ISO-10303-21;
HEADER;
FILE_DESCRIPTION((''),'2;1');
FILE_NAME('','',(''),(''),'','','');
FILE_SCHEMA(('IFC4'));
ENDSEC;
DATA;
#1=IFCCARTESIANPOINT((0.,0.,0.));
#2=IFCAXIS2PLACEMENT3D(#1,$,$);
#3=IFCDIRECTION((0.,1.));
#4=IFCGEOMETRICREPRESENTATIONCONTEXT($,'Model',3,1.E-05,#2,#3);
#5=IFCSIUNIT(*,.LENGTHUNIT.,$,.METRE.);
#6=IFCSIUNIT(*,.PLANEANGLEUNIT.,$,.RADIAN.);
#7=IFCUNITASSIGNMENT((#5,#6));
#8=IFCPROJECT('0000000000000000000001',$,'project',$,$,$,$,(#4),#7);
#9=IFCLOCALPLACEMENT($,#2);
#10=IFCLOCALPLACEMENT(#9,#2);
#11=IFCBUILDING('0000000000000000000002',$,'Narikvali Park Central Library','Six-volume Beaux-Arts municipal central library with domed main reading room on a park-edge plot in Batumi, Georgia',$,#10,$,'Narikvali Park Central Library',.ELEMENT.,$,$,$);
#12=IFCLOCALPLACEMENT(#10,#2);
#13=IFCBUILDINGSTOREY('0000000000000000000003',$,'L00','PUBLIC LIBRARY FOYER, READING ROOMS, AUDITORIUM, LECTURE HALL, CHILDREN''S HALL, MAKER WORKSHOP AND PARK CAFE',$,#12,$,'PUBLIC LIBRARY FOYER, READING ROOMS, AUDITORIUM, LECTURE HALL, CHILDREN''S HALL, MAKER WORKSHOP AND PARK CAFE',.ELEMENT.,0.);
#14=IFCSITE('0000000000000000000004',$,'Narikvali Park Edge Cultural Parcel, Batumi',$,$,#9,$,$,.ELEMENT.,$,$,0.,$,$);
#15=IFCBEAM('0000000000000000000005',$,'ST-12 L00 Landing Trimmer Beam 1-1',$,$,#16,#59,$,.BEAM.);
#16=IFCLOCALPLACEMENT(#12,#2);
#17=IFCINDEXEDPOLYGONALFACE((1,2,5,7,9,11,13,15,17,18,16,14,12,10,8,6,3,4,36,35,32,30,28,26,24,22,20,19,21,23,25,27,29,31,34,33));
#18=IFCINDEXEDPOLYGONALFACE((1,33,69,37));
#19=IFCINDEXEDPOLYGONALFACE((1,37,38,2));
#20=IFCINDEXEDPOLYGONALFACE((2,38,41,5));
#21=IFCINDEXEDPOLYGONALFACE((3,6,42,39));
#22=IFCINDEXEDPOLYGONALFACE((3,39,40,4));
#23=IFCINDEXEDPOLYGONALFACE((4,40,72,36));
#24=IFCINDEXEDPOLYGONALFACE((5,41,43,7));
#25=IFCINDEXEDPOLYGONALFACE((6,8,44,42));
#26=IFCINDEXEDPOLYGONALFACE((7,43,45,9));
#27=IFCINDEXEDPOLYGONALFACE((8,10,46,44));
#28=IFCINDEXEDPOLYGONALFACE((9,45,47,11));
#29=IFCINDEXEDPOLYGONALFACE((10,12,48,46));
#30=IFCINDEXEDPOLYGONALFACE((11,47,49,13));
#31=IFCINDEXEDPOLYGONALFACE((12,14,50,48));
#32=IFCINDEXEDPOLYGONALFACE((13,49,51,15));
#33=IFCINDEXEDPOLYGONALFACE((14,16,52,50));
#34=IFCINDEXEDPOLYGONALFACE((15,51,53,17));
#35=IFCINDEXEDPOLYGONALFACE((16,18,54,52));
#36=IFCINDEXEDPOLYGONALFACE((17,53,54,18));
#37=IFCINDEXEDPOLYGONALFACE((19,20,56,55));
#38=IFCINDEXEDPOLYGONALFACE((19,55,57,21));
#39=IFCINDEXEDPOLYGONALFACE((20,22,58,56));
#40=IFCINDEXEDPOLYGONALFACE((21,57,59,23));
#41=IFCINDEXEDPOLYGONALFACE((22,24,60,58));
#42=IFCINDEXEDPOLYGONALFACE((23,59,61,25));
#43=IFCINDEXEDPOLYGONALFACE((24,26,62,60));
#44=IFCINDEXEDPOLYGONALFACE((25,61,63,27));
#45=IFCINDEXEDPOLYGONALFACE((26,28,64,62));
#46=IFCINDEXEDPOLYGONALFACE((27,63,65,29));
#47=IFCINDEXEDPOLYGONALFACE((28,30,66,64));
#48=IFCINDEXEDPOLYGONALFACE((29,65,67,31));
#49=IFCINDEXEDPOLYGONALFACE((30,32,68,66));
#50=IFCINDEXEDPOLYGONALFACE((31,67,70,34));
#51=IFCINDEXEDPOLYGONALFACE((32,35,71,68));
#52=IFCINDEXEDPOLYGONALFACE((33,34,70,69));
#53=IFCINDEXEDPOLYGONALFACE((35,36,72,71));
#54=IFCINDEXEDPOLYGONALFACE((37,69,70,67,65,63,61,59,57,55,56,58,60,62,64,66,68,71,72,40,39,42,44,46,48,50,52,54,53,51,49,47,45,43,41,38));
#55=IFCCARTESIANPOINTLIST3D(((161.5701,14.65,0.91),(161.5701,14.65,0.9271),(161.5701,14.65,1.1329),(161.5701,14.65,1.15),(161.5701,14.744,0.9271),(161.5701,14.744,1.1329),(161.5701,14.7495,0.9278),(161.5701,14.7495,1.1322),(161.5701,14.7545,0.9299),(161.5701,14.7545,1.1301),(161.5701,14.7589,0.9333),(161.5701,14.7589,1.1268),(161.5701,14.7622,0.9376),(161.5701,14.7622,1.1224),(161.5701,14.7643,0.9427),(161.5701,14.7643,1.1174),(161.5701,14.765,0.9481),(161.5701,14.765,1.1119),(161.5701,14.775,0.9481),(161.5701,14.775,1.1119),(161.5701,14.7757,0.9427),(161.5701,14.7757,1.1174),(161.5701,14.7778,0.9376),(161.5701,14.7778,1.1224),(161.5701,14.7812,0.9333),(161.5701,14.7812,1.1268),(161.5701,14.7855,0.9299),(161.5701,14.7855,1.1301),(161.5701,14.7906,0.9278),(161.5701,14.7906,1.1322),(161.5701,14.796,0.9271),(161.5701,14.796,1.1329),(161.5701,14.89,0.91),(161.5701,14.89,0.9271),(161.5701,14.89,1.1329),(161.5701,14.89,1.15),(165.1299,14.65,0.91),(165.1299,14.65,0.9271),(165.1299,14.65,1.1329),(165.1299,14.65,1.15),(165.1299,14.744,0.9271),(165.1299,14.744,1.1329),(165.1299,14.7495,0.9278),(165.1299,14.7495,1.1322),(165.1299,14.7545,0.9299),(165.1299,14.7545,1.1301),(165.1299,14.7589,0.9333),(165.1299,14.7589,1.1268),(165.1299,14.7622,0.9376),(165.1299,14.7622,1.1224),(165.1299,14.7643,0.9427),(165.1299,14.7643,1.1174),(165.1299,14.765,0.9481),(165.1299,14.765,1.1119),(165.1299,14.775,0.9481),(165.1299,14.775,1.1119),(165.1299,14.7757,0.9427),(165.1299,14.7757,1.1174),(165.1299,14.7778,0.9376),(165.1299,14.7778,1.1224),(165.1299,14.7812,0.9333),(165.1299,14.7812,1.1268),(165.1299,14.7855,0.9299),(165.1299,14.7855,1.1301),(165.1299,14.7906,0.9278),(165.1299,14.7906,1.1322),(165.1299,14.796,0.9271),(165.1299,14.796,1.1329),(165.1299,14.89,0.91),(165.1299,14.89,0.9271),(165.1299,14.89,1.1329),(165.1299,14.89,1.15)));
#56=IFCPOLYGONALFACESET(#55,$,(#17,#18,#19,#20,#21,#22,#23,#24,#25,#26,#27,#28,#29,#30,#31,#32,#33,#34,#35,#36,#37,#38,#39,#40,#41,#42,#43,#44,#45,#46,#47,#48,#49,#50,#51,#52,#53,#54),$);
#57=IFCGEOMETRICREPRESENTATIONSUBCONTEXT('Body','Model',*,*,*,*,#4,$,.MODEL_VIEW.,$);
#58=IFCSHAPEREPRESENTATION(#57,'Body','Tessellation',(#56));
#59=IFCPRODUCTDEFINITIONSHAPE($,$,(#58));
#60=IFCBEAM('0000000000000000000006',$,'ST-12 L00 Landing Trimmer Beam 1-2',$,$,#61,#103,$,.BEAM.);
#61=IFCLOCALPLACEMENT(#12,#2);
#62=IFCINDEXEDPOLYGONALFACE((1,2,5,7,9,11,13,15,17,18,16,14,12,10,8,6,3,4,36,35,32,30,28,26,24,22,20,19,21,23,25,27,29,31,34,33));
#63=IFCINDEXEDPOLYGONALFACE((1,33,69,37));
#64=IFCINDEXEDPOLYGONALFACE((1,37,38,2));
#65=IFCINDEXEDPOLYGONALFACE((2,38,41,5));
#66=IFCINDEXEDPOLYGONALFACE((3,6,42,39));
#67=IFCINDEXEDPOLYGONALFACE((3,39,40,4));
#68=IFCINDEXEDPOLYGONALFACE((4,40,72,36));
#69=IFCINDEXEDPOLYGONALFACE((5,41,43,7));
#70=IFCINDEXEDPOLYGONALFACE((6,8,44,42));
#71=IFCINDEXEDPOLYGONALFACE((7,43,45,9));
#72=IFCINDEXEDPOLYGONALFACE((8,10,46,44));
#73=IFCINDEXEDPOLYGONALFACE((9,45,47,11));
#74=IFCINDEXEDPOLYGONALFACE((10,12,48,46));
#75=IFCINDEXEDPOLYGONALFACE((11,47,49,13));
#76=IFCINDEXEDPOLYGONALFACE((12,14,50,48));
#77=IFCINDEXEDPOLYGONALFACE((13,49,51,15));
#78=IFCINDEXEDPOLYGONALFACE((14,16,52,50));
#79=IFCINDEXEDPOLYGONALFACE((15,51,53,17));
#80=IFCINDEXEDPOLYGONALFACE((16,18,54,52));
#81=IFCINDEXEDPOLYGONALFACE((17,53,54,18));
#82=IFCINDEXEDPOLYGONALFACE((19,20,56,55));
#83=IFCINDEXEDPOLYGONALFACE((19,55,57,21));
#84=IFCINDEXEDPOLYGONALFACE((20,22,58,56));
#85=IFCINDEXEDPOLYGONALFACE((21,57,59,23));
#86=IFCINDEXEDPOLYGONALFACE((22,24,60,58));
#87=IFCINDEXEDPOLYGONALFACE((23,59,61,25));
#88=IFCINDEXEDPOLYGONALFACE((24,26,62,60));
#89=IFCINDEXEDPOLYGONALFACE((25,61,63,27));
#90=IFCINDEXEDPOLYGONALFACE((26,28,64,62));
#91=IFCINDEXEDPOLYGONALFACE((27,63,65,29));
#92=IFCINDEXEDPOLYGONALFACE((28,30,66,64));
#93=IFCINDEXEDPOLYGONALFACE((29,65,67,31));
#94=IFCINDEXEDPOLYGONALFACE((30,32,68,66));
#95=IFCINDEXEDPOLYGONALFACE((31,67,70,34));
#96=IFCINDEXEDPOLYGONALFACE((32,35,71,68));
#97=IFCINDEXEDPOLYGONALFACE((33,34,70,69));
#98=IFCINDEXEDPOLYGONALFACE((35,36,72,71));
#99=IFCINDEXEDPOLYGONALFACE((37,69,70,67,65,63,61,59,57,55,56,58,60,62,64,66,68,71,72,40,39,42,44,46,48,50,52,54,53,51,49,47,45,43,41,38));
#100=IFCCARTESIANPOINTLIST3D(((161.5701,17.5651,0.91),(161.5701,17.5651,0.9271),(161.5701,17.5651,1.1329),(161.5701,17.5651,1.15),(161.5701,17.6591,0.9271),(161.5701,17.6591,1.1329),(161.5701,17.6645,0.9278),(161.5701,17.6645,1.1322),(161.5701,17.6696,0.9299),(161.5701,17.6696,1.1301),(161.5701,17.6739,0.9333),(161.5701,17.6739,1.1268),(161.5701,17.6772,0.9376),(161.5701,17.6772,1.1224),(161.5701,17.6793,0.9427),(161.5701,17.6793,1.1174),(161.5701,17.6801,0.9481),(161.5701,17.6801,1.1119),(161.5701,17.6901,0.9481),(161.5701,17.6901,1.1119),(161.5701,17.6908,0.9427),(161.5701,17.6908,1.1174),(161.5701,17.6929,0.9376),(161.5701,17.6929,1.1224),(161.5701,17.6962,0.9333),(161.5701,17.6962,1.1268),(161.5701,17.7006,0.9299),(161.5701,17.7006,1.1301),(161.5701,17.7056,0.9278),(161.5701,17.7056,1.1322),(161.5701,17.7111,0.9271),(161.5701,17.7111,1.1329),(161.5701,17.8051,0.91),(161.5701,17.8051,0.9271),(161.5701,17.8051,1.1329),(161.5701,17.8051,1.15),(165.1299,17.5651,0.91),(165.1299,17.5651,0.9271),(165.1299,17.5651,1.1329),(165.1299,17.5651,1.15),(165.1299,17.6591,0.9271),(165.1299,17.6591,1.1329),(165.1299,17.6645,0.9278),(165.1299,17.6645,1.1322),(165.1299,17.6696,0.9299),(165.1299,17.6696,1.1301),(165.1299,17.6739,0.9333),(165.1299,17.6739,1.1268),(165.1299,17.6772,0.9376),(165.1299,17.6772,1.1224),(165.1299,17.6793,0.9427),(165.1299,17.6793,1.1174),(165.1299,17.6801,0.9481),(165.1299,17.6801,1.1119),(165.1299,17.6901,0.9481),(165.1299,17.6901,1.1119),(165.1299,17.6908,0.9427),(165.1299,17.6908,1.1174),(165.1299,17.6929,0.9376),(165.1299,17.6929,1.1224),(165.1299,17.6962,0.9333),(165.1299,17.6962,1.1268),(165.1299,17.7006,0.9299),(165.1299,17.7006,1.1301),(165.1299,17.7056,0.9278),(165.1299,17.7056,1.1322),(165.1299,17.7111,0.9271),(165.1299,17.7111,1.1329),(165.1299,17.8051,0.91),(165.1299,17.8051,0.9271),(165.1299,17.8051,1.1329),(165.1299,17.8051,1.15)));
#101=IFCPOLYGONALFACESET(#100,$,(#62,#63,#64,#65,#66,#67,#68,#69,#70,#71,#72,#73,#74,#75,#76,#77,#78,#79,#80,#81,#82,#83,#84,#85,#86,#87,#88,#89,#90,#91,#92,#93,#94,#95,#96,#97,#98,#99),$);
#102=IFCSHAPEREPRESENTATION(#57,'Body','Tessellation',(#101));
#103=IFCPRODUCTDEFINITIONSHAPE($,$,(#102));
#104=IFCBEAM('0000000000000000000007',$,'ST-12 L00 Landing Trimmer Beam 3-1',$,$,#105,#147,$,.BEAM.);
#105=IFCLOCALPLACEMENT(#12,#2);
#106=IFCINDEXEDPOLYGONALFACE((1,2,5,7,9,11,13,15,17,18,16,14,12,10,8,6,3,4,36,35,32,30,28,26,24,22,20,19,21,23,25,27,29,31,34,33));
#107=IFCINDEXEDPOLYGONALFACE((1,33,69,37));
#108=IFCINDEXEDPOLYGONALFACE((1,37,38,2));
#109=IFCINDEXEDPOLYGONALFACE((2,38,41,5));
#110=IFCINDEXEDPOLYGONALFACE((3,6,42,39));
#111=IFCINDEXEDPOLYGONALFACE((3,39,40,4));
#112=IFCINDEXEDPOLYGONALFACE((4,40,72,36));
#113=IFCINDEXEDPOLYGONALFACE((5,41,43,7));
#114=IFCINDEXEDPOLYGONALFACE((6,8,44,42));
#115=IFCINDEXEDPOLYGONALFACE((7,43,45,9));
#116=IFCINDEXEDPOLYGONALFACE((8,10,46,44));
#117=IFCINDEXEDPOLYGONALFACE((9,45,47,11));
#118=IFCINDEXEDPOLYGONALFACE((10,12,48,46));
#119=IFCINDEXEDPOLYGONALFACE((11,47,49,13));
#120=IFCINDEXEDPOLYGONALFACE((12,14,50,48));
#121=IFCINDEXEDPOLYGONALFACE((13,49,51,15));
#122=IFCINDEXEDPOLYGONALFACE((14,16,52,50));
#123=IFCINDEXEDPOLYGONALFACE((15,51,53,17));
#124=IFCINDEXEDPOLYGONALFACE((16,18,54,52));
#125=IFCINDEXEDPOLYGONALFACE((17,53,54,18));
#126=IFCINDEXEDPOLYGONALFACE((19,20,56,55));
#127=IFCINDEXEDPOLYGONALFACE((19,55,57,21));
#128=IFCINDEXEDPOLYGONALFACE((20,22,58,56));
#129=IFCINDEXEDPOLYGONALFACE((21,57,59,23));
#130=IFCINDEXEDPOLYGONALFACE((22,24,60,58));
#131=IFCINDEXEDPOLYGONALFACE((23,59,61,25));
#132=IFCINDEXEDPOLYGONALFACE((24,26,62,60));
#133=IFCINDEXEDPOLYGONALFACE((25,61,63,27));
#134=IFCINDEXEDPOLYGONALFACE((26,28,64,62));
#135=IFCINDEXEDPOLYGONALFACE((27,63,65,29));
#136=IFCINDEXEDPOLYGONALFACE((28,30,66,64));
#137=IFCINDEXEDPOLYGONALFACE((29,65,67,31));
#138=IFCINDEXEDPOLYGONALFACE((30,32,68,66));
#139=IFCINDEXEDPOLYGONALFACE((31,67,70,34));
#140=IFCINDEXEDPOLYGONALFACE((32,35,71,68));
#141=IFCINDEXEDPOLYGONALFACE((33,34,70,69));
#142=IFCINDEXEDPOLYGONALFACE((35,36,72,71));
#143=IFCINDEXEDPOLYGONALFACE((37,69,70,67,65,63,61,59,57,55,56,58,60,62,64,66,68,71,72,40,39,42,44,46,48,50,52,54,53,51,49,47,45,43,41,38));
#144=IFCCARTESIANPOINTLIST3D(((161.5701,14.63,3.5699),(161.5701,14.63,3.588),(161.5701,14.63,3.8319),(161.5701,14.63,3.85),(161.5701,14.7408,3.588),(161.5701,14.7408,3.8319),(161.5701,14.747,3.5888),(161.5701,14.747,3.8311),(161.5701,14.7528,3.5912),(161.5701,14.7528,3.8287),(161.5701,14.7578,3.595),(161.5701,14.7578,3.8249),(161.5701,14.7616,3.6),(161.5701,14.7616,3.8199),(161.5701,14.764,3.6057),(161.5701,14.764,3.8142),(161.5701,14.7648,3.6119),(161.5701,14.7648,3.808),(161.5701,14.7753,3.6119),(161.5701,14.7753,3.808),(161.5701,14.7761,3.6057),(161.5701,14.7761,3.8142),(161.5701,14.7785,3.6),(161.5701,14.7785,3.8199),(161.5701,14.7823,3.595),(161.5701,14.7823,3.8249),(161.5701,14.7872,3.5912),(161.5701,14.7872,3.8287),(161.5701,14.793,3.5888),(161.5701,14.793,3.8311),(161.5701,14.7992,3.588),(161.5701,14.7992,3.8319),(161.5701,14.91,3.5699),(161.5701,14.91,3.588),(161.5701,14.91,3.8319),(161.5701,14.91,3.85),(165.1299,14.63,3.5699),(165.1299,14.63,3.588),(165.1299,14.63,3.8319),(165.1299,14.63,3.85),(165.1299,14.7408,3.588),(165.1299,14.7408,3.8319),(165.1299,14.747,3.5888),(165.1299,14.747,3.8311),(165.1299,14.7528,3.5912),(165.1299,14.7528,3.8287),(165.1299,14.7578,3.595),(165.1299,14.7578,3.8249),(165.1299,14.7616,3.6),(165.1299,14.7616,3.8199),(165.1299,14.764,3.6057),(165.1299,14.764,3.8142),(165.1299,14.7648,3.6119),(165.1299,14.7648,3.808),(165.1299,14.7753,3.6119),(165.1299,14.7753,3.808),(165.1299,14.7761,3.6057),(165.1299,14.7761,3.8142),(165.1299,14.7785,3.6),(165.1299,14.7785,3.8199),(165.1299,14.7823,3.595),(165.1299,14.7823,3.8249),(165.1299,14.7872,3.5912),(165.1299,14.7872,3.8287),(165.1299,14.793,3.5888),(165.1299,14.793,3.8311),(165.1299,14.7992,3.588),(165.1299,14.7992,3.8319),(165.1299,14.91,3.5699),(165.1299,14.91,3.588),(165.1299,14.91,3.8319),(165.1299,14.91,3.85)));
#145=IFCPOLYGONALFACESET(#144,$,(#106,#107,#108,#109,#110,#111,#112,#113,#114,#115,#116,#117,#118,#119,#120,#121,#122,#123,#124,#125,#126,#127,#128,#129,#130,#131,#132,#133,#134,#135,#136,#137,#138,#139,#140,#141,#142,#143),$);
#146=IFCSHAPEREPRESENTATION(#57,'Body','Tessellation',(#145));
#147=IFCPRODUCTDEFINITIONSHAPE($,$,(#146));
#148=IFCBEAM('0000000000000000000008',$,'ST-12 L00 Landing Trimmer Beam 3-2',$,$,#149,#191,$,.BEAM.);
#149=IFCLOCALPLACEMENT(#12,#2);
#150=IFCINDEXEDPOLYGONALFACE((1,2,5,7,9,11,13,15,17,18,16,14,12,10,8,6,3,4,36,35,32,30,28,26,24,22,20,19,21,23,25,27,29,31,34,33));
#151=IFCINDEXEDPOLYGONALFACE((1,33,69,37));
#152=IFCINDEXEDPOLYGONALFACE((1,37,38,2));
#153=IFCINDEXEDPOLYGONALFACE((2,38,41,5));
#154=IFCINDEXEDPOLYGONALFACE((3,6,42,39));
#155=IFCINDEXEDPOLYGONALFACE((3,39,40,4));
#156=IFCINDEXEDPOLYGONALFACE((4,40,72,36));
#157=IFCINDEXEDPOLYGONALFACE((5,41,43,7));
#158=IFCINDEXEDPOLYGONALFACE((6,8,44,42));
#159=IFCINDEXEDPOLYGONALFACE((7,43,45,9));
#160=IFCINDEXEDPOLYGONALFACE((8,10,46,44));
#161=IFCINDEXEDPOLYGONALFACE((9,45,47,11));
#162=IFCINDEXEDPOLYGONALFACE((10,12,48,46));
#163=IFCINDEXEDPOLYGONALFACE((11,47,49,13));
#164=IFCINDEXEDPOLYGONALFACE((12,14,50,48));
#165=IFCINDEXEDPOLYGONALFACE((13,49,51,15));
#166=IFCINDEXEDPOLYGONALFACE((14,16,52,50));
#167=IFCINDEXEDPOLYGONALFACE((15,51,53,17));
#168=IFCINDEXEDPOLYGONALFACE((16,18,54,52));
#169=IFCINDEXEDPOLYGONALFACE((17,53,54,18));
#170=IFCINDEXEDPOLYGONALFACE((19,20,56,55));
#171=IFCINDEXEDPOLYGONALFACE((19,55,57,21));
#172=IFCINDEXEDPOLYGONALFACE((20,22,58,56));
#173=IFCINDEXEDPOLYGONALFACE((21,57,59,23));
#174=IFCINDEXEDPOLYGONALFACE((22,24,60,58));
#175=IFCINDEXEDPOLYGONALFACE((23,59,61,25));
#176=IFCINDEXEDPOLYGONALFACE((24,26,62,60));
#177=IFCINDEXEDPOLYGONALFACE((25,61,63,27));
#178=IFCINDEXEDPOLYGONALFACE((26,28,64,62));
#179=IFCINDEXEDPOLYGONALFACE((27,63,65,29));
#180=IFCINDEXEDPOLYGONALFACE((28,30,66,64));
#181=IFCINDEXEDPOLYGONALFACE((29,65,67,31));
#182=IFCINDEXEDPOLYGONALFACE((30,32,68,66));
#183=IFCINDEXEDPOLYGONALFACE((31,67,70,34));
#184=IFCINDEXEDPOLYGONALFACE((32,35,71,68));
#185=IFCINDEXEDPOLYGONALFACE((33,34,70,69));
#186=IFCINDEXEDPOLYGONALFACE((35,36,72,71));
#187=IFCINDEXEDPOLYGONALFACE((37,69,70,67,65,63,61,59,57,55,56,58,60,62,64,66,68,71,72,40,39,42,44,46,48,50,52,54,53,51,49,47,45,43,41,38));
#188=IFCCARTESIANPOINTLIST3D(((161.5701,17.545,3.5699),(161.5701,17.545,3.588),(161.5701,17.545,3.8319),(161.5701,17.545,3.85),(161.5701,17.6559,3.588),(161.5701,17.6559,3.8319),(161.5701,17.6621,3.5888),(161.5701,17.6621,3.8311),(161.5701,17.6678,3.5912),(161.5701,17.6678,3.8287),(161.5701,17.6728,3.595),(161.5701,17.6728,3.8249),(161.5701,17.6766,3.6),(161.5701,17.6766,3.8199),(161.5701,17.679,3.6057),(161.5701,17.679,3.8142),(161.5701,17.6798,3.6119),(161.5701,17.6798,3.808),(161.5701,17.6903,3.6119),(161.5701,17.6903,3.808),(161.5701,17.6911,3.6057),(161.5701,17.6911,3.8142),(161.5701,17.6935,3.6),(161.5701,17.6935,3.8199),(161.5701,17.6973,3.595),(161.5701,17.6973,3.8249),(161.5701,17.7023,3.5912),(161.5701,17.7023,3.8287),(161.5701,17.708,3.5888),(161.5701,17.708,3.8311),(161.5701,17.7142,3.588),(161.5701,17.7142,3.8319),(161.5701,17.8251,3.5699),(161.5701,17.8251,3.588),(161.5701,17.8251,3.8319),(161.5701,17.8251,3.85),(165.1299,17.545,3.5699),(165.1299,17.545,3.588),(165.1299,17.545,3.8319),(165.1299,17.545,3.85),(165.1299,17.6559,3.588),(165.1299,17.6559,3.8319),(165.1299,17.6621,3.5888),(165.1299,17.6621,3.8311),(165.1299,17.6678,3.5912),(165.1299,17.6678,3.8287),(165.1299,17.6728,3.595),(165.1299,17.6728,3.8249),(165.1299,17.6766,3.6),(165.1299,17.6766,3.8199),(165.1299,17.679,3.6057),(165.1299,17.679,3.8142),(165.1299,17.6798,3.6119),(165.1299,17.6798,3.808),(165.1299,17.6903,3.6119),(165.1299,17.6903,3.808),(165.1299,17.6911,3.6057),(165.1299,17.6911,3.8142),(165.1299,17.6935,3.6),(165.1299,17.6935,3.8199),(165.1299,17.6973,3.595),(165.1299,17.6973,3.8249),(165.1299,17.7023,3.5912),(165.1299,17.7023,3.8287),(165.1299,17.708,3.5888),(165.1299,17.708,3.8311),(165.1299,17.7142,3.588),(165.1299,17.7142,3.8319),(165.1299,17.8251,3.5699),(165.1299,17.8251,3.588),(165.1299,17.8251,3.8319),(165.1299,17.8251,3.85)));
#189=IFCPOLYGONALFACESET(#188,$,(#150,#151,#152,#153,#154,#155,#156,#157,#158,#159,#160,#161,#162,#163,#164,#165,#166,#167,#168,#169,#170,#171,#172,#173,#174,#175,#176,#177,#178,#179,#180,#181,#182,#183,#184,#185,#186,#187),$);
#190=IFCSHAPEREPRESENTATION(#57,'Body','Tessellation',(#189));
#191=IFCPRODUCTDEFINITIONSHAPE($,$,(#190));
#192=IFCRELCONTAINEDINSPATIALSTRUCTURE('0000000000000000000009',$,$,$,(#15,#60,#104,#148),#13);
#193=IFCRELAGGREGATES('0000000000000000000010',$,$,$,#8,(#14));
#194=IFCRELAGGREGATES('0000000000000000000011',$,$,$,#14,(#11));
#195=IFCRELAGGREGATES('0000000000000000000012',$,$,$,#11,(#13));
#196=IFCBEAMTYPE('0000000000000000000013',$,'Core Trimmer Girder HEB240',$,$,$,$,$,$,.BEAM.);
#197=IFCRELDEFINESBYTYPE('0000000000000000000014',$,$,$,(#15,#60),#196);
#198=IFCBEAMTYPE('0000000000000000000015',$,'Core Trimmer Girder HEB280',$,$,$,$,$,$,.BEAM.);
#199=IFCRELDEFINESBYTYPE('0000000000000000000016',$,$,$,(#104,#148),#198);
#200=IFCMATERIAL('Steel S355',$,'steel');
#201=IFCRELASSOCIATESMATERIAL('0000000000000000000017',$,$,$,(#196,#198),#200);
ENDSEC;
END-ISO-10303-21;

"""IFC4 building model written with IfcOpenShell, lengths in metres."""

from ifc_helpers import new_model, si_unit, direction, frame, origin, origin_2d, place, context, subcontext, project, spatial, i_section, extrude, material, material_profile, profile_set, type_object, element, save


model = new_model("IFC4")

# Units and contexts
model_context = context("Model", 3, precision=1e-05, world=origin(), true_north=direction((0.0, 1.0)))
body_context = subcontext(model_context, "Body", "Model", "MODEL_VIEW")
ifc_project = project(units=[si_unit("LENGTHUNIT", "METRE"), si_unit("PLANEANGLEUNIT", "RADIAN")], contexts=[model_context])

# Site, building, storey
site_placement = place(None, origin())
site = spatial("IfcSite", under=ifc_project, at=site_placement, Name="Narikvali Park Edge Cultural Parcel, Batumi", CompositionType="ELEMENT", RefElevation=0.0)
building_placement = place(site_placement, origin())
building = spatial("IfcBuilding", under=site, at=building_placement, Name="Narikvali Park Central Library", Description="Six-volume Beaux-Arts municipal central library with domed main reading room on a park-edge plot in Batumi, Georgia", LongName="Narikvali Park Central Library", CompositionType="ELEMENT")
storey_placement = place(building_placement, origin())
storey = spatial("IfcBuildingStorey", under=building, at=storey_placement, Name="L00", Description="PUBLIC LIBRARY FOYER, READING ROOMS, AUDITORIUM, LECTURE HALL, CHILDREN'S HALL, MAKER WORKSHOP AND PARK CAFE", LongName="PUBLIC LIBRARY FOYER, READING ROOMS, AUDITORIUM, LECTURE HALL, CHILDREN'S HALL, MAKER WORKSHOP AND PARK CAFE", CompositionType="ELEMENT", Elevation=0.0)

# Shared definitions
ifc_material_1 = material(Name="Steel S355", Category="steel")

# Beams
ifc_material_profile_1 = material_profile(ifc_material_1, i_section(OverallWidth=0.24, OverallDepth=0.24, WebThickness=0.01, FlangeThickness=0.0171, FilletRadius=0.021, at=origin_2d()), Name="HEB 240")
ifc_profile_set_1 = profile_set([ifc_material_profile_1], Name="Steel S355")
beam_type_1 = type_object("IfcBeamType", Name="Core Trimmer Girder HEB240", PredefinedType="BEAM", material=ifc_profile_set_1)
for number, where, z_axis, x_axis, name in (
    (1, (161.5701, 14.77, 1.03), (1.0, 0.0, 0.0), (0.0, 1.0, 0.0), "ST-12 L00 Landing Trimmer Beam 1-1"),
    (2, (161.5701, 17.6851, 1.03), (1.0, 0.0, 0.0), (0.0, 1.0, 0.0), "ST-12 L00 Landing Trimmer Beam 1-2"),
):
    element("IfcBeam", number, at=place(storey_placement, frame(where, z_axis=z_axis, x_axis=x_axis)), inside=storey, type_object=beam_type_1, Name=name, PredefinedType="BEAM", context=body_context, shape_type="SweptSolid", body=[
        extrude(i_section(OverallWidth=0.24, OverallDepth=0.24, WebThickness=0.01, FlangeThickness=0.0171, FilletRadius=0.021, at=origin_2d()), origin(), (0.0, 0.0, 1.0), 3.5598),
    ])
ifc_material_profile_2 = material_profile(ifc_material_1, i_section(OverallWidth=0.28, OverallDepth=0.28, WebThickness=0.0105, FlangeThickness=0.0181, FilletRadius=0.0239, at=origin_2d()), Name="HEB 280")
ifc_profile_set_2 = profile_set([ifc_material_profile_2], Name="Steel S355")
beam_type_2 = type_object("IfcBeamType", Name="Core Trimmer Girder HEB280", PredefinedType="BEAM", material=ifc_profile_set_2)
for number, where, z_axis, x_axis, name in (
    (3, (161.5701, 14.77, 3.71), (1.0, 0.0, 0.0), (0.0, 1.0, 0.0), "ST-12 L00 Landing Trimmer Beam 3-1"),
    (4, (161.5701, 17.6851, 3.71), (1.0, 0.0, 0.0), (0.0, 1.0, 0.0), "ST-12 L00 Landing Trimmer Beam 3-2"),
):
    element("IfcBeam", number, at=place(storey_placement, frame(where, z_axis=z_axis, x_axis=x_axis)), inside=storey, type_object=beam_type_2, Name=name, PredefinedType="BEAM", context=body_context, shape_type="SweptSolid", body=[
        extrude(i_section(OverallWidth=0.28, OverallDepth=0.28, WebThickness=0.0105, FlangeThickness=0.0181, FilletRadius=0.0239, at=origin_2d()), origin(), (0.0, 0.0, 1.0), 3.5598),
    ])

save(model, "model.ifc")
